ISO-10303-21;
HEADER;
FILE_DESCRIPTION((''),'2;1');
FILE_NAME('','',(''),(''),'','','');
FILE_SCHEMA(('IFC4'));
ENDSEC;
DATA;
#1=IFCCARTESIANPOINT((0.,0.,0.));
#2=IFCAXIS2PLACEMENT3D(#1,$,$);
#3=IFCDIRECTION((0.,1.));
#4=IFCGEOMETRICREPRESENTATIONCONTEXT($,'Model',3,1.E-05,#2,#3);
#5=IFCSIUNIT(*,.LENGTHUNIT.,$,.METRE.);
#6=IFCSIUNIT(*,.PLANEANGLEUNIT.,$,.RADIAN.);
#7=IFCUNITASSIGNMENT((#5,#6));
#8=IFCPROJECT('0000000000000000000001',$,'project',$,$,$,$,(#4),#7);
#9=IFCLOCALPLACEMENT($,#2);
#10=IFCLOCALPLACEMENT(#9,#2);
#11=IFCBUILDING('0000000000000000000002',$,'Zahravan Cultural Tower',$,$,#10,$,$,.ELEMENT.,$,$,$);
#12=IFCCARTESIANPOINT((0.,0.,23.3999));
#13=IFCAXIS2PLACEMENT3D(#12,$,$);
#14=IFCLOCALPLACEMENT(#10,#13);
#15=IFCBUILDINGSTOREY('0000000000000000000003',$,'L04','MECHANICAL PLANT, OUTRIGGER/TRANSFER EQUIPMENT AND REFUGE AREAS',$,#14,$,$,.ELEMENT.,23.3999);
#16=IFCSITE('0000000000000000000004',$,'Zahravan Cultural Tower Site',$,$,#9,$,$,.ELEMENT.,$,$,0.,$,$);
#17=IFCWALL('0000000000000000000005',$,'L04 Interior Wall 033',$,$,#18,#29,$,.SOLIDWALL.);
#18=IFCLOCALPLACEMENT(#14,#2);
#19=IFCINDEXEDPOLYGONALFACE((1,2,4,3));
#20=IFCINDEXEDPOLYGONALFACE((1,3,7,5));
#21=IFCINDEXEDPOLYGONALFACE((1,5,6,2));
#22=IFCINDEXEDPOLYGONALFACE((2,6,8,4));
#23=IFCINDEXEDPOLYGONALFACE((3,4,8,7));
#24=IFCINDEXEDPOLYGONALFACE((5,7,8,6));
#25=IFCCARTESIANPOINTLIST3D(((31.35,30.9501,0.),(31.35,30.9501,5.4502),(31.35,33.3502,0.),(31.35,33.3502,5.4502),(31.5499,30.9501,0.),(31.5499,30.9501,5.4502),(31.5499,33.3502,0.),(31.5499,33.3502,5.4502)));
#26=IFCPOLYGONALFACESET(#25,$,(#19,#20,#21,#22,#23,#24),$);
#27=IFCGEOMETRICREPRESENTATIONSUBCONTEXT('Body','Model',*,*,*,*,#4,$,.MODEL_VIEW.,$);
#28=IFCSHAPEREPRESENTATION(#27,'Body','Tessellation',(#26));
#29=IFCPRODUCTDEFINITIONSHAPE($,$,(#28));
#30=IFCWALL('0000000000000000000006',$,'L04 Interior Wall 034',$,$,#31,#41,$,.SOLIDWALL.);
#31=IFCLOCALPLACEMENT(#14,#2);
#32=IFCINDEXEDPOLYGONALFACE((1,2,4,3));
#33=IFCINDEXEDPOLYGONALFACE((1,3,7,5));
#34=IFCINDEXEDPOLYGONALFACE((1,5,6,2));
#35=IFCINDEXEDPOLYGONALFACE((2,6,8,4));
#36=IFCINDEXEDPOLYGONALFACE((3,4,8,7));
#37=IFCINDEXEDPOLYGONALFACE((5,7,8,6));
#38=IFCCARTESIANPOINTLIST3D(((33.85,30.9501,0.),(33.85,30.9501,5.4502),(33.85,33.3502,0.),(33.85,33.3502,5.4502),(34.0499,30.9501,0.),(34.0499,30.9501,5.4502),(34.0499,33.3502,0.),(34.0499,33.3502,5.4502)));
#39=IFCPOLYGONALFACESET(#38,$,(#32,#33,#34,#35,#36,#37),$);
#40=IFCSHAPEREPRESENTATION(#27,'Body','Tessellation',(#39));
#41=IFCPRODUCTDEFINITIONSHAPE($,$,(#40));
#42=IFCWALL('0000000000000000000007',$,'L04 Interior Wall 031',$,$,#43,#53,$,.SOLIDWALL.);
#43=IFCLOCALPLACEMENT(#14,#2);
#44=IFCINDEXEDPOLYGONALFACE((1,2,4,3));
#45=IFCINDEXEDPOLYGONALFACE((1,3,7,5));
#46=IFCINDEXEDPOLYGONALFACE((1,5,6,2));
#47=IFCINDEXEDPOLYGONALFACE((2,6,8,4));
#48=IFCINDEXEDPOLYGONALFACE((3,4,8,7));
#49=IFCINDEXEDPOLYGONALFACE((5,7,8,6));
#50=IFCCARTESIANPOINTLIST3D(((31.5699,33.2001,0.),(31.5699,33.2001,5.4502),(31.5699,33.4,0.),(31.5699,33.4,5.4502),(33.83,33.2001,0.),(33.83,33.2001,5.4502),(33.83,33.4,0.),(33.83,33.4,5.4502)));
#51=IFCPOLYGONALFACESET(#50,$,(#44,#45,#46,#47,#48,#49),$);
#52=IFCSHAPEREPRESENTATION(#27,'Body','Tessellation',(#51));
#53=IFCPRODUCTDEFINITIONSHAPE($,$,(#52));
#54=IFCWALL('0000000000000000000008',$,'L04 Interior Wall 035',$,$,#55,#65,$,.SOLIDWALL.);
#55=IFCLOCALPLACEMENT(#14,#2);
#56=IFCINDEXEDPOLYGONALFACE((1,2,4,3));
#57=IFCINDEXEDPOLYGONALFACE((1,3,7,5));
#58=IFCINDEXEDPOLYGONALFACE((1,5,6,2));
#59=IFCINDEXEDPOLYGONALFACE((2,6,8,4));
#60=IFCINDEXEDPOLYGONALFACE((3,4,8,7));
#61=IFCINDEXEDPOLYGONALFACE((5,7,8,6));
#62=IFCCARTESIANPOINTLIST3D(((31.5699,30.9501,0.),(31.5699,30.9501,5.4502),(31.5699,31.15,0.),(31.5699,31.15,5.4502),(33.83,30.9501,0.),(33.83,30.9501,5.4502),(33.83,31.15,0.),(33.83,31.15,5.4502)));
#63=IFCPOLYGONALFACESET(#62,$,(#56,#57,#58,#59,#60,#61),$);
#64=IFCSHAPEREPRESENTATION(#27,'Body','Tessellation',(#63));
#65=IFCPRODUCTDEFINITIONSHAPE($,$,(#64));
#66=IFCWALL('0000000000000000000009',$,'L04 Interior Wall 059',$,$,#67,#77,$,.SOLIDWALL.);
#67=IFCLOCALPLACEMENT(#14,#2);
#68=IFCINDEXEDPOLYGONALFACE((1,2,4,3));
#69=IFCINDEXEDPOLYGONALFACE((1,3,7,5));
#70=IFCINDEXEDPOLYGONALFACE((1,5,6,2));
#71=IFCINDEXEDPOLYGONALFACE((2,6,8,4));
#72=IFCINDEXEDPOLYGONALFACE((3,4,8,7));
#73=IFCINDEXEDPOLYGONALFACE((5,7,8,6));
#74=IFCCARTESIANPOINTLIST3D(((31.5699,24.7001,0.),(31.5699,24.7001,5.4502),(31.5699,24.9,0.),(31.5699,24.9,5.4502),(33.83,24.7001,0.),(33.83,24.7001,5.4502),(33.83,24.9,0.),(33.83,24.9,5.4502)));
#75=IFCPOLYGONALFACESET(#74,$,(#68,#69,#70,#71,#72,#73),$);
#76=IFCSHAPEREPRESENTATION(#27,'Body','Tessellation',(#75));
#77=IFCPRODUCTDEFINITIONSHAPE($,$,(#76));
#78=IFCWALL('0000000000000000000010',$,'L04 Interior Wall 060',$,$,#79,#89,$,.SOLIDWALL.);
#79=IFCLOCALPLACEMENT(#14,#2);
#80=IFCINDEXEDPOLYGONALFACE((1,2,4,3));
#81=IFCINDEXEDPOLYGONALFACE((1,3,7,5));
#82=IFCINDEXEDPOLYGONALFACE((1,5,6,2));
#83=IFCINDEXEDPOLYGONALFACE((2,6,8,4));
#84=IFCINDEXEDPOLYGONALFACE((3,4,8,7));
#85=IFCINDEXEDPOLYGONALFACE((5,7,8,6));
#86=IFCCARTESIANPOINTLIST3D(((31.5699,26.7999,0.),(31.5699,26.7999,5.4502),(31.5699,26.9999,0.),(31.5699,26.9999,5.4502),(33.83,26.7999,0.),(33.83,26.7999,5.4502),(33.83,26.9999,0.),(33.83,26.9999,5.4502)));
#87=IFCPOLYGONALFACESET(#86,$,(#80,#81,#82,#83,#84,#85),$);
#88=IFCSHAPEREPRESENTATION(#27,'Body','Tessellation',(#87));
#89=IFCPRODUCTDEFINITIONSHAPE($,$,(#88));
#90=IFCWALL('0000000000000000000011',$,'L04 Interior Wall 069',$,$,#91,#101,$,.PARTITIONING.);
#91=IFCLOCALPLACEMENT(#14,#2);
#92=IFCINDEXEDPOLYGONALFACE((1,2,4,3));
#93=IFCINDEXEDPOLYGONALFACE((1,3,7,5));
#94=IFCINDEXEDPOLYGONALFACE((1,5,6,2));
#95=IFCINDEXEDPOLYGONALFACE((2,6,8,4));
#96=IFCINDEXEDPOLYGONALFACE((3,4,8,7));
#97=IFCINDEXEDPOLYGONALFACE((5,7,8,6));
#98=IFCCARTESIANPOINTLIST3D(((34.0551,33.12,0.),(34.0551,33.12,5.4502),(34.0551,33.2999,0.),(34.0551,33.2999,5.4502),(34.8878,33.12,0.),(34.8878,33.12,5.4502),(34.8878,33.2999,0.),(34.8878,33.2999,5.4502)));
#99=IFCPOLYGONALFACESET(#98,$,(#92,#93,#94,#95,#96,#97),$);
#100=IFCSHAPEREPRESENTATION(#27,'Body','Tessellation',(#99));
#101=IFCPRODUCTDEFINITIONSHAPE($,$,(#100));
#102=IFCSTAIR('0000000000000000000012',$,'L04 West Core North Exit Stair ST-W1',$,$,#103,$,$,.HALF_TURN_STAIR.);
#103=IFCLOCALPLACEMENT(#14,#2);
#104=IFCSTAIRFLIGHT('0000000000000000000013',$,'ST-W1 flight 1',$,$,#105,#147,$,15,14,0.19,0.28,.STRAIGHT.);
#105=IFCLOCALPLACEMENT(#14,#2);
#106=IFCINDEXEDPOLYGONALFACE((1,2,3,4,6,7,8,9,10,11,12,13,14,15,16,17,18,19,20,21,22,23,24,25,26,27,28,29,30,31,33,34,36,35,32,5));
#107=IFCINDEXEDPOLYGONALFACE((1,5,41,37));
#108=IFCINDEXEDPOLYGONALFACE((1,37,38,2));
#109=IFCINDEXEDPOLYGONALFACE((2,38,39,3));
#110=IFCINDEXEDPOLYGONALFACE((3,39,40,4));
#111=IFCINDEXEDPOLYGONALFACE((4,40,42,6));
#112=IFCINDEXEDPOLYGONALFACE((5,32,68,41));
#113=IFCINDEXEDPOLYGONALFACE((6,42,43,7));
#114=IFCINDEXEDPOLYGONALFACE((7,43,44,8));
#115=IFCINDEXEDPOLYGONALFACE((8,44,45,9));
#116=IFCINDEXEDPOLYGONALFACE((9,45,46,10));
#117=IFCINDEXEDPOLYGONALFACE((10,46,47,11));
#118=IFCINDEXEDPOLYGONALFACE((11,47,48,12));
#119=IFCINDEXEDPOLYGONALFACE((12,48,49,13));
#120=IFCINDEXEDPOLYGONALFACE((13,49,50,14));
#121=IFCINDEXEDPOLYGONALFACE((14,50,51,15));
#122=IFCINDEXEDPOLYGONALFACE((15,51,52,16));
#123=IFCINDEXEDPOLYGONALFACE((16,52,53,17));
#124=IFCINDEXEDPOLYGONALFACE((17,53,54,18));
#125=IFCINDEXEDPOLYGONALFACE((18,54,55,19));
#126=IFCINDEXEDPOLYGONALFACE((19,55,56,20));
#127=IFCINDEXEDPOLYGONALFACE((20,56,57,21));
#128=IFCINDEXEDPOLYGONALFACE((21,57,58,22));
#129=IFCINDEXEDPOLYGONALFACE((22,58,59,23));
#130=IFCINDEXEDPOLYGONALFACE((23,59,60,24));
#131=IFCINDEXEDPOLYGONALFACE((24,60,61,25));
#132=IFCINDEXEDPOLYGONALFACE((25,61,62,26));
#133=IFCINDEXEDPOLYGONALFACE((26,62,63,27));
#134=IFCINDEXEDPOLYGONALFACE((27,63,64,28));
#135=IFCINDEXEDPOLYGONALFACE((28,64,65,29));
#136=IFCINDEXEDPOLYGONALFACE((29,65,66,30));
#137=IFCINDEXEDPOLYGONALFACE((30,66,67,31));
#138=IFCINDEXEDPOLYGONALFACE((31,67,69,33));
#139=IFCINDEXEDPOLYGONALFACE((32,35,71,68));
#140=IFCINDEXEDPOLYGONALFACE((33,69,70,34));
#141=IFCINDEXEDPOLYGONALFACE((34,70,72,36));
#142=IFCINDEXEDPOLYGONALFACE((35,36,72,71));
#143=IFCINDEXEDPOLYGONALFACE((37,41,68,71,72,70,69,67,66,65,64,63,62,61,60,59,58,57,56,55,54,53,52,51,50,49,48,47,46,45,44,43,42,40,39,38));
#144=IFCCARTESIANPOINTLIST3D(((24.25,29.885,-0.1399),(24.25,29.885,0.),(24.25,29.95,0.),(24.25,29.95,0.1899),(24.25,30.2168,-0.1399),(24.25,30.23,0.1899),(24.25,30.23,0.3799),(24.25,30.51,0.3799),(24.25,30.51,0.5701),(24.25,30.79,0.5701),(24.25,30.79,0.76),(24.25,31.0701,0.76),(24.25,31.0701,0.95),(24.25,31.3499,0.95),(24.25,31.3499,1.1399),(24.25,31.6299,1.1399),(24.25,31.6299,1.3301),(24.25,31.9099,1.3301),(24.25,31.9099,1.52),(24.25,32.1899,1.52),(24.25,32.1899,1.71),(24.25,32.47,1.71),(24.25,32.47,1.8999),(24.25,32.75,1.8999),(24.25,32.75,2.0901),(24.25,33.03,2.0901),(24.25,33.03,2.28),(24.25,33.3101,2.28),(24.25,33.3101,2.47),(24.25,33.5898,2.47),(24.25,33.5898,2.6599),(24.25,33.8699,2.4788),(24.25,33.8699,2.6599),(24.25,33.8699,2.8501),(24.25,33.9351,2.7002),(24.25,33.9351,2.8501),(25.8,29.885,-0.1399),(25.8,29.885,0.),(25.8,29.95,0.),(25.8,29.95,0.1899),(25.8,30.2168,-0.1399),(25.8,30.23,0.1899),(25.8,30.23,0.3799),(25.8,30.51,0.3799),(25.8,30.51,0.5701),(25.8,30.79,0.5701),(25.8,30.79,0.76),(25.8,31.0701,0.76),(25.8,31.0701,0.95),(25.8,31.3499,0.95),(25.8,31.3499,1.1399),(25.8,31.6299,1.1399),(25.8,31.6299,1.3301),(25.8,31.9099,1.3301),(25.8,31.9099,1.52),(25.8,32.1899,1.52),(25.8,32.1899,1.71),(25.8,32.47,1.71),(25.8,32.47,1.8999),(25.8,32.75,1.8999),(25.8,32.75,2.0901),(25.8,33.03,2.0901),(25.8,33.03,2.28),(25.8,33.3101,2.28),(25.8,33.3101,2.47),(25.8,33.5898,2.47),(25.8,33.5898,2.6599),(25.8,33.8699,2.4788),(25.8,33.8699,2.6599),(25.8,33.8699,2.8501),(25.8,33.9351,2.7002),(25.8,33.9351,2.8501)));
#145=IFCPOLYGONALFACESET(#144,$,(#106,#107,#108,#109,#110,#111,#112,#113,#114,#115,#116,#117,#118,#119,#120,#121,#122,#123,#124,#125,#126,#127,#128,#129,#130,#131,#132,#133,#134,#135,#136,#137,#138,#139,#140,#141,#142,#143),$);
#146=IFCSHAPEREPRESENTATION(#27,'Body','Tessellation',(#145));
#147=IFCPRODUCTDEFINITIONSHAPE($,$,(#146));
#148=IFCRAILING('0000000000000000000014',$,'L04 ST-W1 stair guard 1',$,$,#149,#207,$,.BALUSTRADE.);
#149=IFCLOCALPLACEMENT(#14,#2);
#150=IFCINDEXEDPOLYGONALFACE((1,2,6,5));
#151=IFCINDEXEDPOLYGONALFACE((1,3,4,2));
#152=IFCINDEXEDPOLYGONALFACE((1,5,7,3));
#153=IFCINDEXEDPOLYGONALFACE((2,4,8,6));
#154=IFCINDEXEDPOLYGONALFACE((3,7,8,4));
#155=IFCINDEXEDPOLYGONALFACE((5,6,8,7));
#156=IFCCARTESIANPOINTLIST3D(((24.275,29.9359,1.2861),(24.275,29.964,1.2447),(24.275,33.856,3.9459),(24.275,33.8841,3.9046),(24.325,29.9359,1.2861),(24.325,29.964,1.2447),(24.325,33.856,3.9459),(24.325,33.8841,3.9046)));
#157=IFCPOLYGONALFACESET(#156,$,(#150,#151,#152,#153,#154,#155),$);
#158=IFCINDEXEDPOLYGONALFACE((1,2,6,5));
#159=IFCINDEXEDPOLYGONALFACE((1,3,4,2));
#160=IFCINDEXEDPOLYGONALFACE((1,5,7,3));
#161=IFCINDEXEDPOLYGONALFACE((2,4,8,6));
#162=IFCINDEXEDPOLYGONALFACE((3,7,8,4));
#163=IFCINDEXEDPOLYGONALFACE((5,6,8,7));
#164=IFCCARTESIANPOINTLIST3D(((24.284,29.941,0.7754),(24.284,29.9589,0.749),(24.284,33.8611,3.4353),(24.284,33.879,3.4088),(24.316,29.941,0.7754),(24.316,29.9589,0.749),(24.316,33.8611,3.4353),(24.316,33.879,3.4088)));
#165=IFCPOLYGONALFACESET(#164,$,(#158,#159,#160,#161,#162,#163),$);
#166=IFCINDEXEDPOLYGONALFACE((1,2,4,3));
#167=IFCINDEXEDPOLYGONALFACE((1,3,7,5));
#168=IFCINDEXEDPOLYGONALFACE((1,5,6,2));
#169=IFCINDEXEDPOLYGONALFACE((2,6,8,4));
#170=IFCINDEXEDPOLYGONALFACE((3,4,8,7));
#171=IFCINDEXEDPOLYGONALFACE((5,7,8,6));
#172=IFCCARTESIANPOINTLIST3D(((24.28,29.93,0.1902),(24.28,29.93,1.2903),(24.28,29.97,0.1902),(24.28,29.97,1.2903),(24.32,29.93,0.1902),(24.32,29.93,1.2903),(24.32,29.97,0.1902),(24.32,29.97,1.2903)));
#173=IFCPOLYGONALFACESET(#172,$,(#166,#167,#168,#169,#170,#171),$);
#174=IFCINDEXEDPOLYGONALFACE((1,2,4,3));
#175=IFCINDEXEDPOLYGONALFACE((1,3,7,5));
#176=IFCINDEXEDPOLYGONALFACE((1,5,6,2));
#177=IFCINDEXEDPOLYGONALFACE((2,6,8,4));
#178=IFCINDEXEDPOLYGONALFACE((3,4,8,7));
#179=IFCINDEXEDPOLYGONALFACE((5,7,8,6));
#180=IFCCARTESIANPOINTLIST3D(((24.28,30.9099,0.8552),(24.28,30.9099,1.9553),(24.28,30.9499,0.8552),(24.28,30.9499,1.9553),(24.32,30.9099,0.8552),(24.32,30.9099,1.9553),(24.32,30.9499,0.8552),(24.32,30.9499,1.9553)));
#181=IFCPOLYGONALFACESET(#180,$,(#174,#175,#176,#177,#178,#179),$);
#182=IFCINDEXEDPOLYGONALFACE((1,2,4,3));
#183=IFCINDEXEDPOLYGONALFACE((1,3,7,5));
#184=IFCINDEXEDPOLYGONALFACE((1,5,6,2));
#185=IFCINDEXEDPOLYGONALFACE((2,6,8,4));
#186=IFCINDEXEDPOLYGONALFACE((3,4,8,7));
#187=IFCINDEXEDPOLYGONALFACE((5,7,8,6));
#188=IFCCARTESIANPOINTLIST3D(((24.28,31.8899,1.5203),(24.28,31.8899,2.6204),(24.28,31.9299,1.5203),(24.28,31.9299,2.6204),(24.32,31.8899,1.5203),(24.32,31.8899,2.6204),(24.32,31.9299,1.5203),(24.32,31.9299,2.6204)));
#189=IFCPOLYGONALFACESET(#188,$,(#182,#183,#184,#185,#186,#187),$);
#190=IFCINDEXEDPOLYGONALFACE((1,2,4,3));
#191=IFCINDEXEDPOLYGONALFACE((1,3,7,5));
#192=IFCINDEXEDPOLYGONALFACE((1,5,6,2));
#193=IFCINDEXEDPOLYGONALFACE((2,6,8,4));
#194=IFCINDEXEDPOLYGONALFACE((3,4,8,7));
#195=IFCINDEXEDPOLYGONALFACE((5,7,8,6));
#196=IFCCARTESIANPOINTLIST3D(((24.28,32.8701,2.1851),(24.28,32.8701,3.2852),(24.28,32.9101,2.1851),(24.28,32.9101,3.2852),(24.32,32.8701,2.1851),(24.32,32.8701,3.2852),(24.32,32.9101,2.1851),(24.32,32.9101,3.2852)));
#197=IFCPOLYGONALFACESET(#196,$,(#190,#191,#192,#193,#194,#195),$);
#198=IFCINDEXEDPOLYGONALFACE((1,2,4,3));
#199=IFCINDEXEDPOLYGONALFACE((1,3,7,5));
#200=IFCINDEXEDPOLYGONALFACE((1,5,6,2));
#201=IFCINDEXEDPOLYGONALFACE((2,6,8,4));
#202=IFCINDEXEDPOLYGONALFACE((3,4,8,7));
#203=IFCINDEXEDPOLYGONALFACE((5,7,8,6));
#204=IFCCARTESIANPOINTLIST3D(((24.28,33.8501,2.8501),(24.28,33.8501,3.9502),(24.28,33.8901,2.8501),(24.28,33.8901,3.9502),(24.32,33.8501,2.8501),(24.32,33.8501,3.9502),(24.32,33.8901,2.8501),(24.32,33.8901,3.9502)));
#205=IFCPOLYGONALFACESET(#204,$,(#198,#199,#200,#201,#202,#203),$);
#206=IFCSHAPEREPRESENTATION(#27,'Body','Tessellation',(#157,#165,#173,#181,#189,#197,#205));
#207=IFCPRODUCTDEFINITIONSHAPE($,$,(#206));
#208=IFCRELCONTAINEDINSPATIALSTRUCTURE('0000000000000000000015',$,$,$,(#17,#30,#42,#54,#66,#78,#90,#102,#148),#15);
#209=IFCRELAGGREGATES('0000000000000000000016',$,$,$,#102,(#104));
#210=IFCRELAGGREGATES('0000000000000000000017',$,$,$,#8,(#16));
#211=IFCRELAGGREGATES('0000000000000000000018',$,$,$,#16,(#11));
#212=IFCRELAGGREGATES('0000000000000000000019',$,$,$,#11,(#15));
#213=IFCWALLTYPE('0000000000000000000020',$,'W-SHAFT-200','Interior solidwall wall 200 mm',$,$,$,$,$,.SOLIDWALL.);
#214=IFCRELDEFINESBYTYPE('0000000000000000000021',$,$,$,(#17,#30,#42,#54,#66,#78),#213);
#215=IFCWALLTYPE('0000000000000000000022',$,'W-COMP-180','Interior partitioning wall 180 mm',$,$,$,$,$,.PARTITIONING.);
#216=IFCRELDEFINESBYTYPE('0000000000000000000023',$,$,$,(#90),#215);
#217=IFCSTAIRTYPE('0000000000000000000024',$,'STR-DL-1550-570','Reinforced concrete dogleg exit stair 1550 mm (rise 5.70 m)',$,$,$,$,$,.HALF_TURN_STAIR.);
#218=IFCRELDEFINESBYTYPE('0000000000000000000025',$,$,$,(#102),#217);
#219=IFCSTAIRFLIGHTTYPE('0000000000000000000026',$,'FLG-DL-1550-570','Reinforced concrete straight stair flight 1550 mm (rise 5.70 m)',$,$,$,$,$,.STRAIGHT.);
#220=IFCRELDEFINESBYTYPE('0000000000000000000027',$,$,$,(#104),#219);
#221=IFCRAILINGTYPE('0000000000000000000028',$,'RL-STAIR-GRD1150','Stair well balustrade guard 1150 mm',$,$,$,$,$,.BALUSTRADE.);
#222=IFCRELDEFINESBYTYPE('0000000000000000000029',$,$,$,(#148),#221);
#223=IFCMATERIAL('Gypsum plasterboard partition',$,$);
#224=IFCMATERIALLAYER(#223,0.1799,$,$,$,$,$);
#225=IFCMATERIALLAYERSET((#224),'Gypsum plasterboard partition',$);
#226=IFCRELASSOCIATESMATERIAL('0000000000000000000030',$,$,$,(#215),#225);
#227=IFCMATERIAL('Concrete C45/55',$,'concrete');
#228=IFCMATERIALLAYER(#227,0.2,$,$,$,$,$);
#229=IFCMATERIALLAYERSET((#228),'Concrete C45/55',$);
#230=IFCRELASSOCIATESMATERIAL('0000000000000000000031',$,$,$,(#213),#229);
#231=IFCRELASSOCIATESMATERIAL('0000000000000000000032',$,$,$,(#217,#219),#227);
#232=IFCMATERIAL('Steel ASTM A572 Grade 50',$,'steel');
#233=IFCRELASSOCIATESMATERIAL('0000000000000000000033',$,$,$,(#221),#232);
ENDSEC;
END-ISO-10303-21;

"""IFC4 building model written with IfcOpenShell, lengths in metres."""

from ifc_helpers import new_model, si_unit, direction, frame, frame_2d, origin, origin_2d, place, context, subcontext, project, spatial, polyline, rectangle, outline, extrude, source, transform, mapped, material, layer, layer_set, type_object, element, aggregate, save


model = new_model("IFC4")

# Units and contexts
model_context = context("Model", 3, precision=1e-05, world=origin(), true_north=direction((0.0, 1.0)))
body_context = subcontext(model_context, "Body", "Model", "MODEL_VIEW")
ifc_project = project(units=[si_unit("LENGTHUNIT", "METRE"), si_unit("PLANEANGLEUNIT", "RADIAN")], contexts=[model_context])

# Site, building, storey
site_placement = place(None, origin())
site = spatial("IfcSite", under=ifc_project, at=site_placement, Name="Zahravan Cultural Tower Site", CompositionType="ELEMENT", RefElevation=0.0)
building_placement = place(site_placement, origin())
building = spatial("IfcBuilding", under=site, at=building_placement, Name="Zahravan Cultural Tower", CompositionType="ELEMENT")
storey_placement = place(building_placement, frame((0.0, 0.0, 23.3999)))
storey = spatial("IfcBuildingStorey", under=building, at=storey_placement, Name="L04", Description="MECHANICAL PLANT, OUTRIGGER/TRANSFER EQUIPMENT AND REFUGE AREAS", CompositionType="ELEMENT", Elevation=23.3999)

# Shared definitions
ifc_material_1 = material(Name="Steel ASTM A572 Grade 50", Category="steel")
ifc_material_2 = material(Name="Gypsum plasterboard partition")
ifc_layer_1 = layer(ifc_material_2, 0.1799)
ifc_layer_set_1 = layer_set([ifc_layer_1], Name="Gypsum plasterboard partition")
wall_type_1 = type_object("IfcWallType", Name="W-COMP-180", Description="Interior partitioning wall 180 mm", PredefinedType="PARTITIONING", material=ifc_layer_set_1)
ifc_material_3 = material(Name="Concrete C45/55", Category="concrete")
ifc_layer_2 = layer(ifc_material_3, 0.2)
ifc_layer_set_2 = layer_set([ifc_layer_2], Name="Concrete C45/55")
wall_type_2 = type_object("IfcWallType", Name="W-SHAFT-200", Description="Interior solidwall wall 200 mm", PredefinedType="SOLIDWALL", material=ifc_layer_set_2)

# Walls
shared_shape_1 = source(origin(), body_context, "Body", "SweptSolid", [
    extrude(rectangle(XDim=2.4001, YDim=0.2, at=frame_2d((1.2002, 0.0))), origin(), (0.0, 0.0, 1.0), 5.4502),
])
for number, where, z_axis, x_axis, name in (
    (1, (31.45, 30.95, 0.0), (0.0, 0.0, 1.0), (0.0, 1.0, 0.0), "L04 Interior Wall 033"),
    (2, (33.95, 30.95, 0.0), (0.0, 0.0, 1.0), (0.0, 1.0, 0.0), "L04 Interior Wall 034"),
):
    element("IfcWall", number, at=place(storey_placement, frame(where, z_axis=z_axis, x_axis=x_axis)), inside=storey, type_object=wall_type_2, Name=name, PredefinedType="SOLIDWALL", context=body_context, shape_type="MappedRepresentation", body=[
        mapped(shared_shape_1, transform((0.0, 0.0, 0.0), x_axis=(1.0, 0.0, 0.0), y_axis=(0.0, 1.0, 0.0), z_axis=(0.0, 0.0, 1.0), scale=1.0)),
    ])
shared_shape_2 = source(origin(), body_context, "Body", "SweptSolid", [
    extrude(rectangle(XDim=2.26, YDim=0.2, at=frame_2d((1.1299, 0.0))), origin(), (0.0, 0.0, 1.0), 5.4502),
])
for number, where, z_axis, x_axis, name in (
    (3, (31.5701, 33.3, 0.0), (0.0, 0.0, 1.0), (1.0, 0.0, 0.0), "L04 Interior Wall 031"),
    (4, (31.5701, 31.05, 0.0), (0.0, 0.0, 1.0), (1.0, 0.0, 0.0), "L04 Interior Wall 035"),
    (5, (31.5701, 24.8, 0.0), (0.0, 0.0, 1.0), (1.0, 0.0, 0.0), "L04 Interior Wall 059"),
    (6, (31.5701, 26.8999, 0.0), (0.0, 0.0, 1.0), (1.0, 0.0, 0.0), "L04 Interior Wall 060"),
):
    element("IfcWall", number, at=place(storey_placement, frame(where, z_axis=z_axis, x_axis=x_axis)), inside=storey, type_object=wall_type_2, Name=name, PredefinedType="SOLIDWALL", context=body_context, shape_type="MappedRepresentation", body=[
        mapped(shared_shape_2, transform((0.0, 0.0, 0.0), x_axis=(1.0, 0.0, 0.0), y_axis=(0.0, 1.0, 0.0), z_axis=(0.0, 0.0, 1.0), scale=1.0)),
    ])
shared_shape_3 = source(origin(), body_context, "Body", "SweptSolid", [
    extrude(rectangle(XDim=0.8328, YDim=0.1799, at=frame_2d((0.4165, 0.0))), origin(), (0.0, 0.0, 1.0), 5.4502),
])
wall_1_placement = place(storey_placement, frame((34.0549, 33.21, 0.0), z_axis=(0.0, 0.0, 1.0), x_axis=(1.0, 0.0, 0.0)))
element("IfcWall", 7, at=wall_1_placement, inside=storey, type_object=wall_type_1, Name="L04 Interior Wall 069", PredefinedType="PARTITIONING", context=body_context, shape_type="MappedRepresentation", body=[
    mapped(shared_shape_3, transform((0.0, 0.0, 0.0), x_axis=(1.0, 0.0, 0.0), y_axis=(0.0, 1.0, 0.0), z_axis=(0.0, 0.0, 1.0), scale=1.0)),
])

# Stair, stair flight
stair_type = type_object("IfcStairType", Name="STR-DL-1550-570", Description="Reinforced concrete dogleg exit stair 1550 mm (rise 5.70 m)", PredefinedType="HALF_TURN_STAIR", material=ifc_material_3)
stair_placement = place(storey_placement, origin())
stair = element("IfcStair", 8, at=stair_placement, inside=storey, type_object=stair_type, Name="L04 West Core North Exit Stair ST-W1", PredefinedType="HALF_TURN_STAIR")
stair_flight_type = type_object("IfcStairFlightType", Name="FLG-DL-1550-570", Description="Reinforced concrete straight stair flight 1550 mm (rise 5.70 m)", PredefinedType="STRAIGHT", material=ifc_material_3)
stair_flight_placement = place(storey_placement, frame((25.0249, 29.95, 0.0), z_axis=(0.0, 0.0, 1.0), x_axis=(0.0, 1.0, 0.0)))
stair_flight = element("IfcStairFlight", 9, at=stair_flight_placement, type_object=stair_flight_type, Name="ST-W1 flight 1", NumberOfRisers=15, NumberOfTreads=14, PredefinedType="STRAIGHT", RiserHeight=0.19, TreadLength=0.28, context=body_context, shape_type="SweptSolid", body=[
    extrude(outline(polyline([(-0.0649, -0.1399), (-0.0649, 0.0), (0.0, 0.0), (0.0, 0.1899), (0.28, 0.1899), (0.28, 0.3799), (0.5601, 0.3799), (0.5601, 0.5701), (0.8401, 0.5701), (0.8401, 0.76), (1.1201, 0.76), (1.1201, 0.95), (1.3999, 0.95), (1.3999, 1.1399), (1.6799, 1.1399), (1.6799, 1.3301), (1.96, 1.3301), (1.96, 1.52), (2.24, 1.52), (2.24, 1.71), (2.52, 1.71), (2.52, 1.8999), (2.8, 1.8999), (2.8, 2.0901), (3.0801, 2.0901), (3.0801, 2.28), (3.3601, 2.28), (3.3601, 2.47), (3.6399, 2.47), (3.6399, 2.6599), (3.9199, 2.6599), (3.9199, 2.8501), (3.9851, 2.8501), (3.9851, 2.7002), (3.9199, 2.4788), (0.2668, -0.1399), (-0.0649, -0.1399)])), frame((0.0, 0.7749, 0.0), z_axis=(0.0, -1.0, 0.0), x_axis=(1.0, 0.0, 0.0)), (0.0, 0.0, 1.0), 1.55),
])
aggregate(stair, [stair_flight])

# Railing
railing_type_1 = type_object("IfcRailingType", Name="RL-STAIR-GRD1150", Description="Stair well balustrade guard 1150 mm", PredefinedType="BALUSTRADE", material=ifc_material_1)
railing_1_placement = place(storey_placement, frame((24.3, 29.95, 0.1902)))
element("IfcRailing", 10, at=railing_1_placement, inside=storey, type_object=railing_type_1, Name="L04 ST-W1 stair guard 1", PredefinedType="BALUSTRADE", context=body_context, shape_type="SweptSolid", body=[
    extrude(rectangle(XDim=0.05, YDim=0.05, at=origin_2d()), frame((0.0, 0.0, 1.0752), z_axis=(0.0, 0.827495, 0.561472), x_axis=(-1.0, 0.0, 0.0)), (0.0, 0.0, 1.0), 4.7373),
    extrude(rectangle(XDim=0.032, YDim=0.032, at=origin_2d()), frame((0.0, 0.0, 0.572), z_axis=(0.0, 0.827495, 0.561472), x_axis=(-1.0, 0.0, 0.0)), (0.0, 0.0, 1.0), 4.7373),
    extrude(rectangle(XDim=0.04, YDim=0.04, at=origin_2d()), origin(), (0.0, 0.0, 1.0), 1.1001),
    extrude(rectangle(XDim=0.04, YDim=0.04, at=origin_2d()), frame((0.0, 0.98, 0.665)), (0.0, 0.0, 1.0), 1.1001),
    extrude(rectangle(XDim=0.04, YDim=0.04, at=origin_2d()), frame((0.0, 1.96, 1.3301)), (0.0, 0.0, 1.0), 1.1001),
    extrude(rectangle(XDim=0.04, YDim=0.04, at=origin_2d()), frame((0.0, 2.9402, 1.9949)), (0.0, 0.0, 1.0), 1.1001),
    extrude(rectangle(XDim=0.04, YDim=0.04, at=origin_2d()), frame((0.0, 3.9202, 2.6599)), (0.0, 0.0, 1.0), 1.1001),
])

save(model, "model.ifc")
